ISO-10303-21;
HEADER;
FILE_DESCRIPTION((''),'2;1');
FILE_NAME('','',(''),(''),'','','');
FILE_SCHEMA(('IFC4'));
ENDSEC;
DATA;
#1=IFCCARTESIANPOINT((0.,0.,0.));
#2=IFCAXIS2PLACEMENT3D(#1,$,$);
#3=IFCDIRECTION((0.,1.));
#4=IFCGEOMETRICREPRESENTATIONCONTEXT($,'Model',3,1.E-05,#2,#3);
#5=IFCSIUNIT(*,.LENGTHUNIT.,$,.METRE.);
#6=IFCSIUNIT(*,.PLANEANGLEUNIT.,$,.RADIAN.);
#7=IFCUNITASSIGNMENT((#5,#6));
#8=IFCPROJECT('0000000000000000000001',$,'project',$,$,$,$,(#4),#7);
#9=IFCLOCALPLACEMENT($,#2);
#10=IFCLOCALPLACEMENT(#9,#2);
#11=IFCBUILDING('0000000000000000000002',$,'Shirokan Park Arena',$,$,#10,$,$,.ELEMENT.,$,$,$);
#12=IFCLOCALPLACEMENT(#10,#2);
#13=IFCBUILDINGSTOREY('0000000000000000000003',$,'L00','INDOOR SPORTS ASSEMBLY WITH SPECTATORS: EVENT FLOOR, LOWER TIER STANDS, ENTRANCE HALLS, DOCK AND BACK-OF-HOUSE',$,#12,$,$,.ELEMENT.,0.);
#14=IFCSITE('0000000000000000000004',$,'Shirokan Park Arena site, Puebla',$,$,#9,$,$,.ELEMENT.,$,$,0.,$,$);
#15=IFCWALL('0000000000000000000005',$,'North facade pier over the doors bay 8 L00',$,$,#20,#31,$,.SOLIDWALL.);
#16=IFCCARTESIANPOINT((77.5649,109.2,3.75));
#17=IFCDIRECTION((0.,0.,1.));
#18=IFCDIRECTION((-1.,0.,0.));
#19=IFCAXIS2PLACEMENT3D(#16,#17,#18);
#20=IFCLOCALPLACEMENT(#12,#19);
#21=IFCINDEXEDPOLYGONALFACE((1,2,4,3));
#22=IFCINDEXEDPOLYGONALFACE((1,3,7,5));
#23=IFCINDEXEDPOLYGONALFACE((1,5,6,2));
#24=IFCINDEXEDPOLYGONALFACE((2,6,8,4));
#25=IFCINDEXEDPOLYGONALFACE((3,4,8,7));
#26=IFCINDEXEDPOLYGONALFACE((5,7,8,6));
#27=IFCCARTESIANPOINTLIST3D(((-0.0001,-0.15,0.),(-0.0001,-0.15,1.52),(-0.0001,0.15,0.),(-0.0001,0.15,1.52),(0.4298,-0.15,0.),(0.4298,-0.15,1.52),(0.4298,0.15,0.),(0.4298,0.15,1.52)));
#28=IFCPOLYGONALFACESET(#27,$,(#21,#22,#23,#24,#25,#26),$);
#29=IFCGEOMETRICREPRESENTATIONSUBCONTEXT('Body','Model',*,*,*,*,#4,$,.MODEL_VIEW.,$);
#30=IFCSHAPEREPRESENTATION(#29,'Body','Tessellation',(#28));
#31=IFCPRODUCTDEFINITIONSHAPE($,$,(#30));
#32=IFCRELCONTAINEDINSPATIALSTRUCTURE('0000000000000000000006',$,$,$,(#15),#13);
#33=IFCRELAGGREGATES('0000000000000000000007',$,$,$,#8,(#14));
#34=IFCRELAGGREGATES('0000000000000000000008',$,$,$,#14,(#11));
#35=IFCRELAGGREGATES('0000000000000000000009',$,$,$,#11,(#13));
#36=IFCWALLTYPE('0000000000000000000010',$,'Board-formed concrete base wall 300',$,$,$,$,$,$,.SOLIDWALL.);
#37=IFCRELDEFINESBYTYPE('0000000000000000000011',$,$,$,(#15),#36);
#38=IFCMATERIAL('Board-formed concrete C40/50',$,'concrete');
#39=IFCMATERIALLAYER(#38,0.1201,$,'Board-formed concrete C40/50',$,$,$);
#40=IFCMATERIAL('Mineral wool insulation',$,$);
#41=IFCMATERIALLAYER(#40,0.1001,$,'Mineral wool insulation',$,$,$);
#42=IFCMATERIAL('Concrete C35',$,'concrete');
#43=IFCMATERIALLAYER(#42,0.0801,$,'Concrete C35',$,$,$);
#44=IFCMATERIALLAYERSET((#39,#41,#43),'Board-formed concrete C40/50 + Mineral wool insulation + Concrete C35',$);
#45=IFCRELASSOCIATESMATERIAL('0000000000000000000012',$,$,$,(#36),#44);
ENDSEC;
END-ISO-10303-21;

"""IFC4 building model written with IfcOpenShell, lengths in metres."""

from ifc_helpers import new_model, si_unit, direction, frame, frame_2d, origin, place, context, subcontext, project, spatial, rectangle, extrude, material, layer, layer_set, type_object, element, save


model = new_model("IFC4")

# Units and contexts
model_context = context("Model", 3, precision=1e-05, world=origin(), true_north=direction((0.0, 1.0)))
body_context = subcontext(model_context, "Body", "Model", "MODEL_VIEW")
ifc_project = project(units=[si_unit("LENGTHUNIT", "METRE"), si_unit("PLANEANGLEUNIT", "RADIAN")], contexts=[model_context])

# Site, building, storey
site_placement = place(None, origin())
site = spatial("IfcSite", under=ifc_project, at=site_placement, Name="Shirokan Park Arena site, Puebla", CompositionType="ELEMENT", RefElevation=0.0)
building_placement = place(site_placement, origin())
building = spatial("IfcBuilding", under=site, at=building_placement, Name="Shirokan Park Arena", CompositionType="ELEMENT")
storey_placement = place(building_placement, origin())
storey = spatial("IfcBuildingStorey", under=building, at=storey_placement, Name="L00", Description="INDOOR SPORTS ASSEMBLY WITH SPECTATORS: EVENT FLOOR, LOWER TIER STANDS, ENTRANCE HALLS, DOCK AND BACK-OF-HOUSE", CompositionType="ELEMENT", Elevation=0.0)

# Shared definitions
ifc_material_1 = material(Name="Concrete C35", Category="concrete")

# Shared definitions
ifc_material_2 = material(Name="Board-formed concrete C40/50", Category="concrete")
ifc_layer_1 = layer(ifc_material_2, 0.1201, Name="Board-formed concrete C40/50")
ifc_material_3 = material(Name="Mineral wool insulation")
ifc_layer_2 = layer(ifc_material_3, 0.1001, Name="Mineral wool insulation")
ifc_layer_3 = layer(ifc_material_1, 0.0801, Name="Concrete C35")
ifc_layer_set_1 = layer_set([ifc_layer_1, ifc_layer_2, ifc_layer_3], Name="Board-formed concrete C40/50 + Mineral wool insulation + Concrete C35")
wall_type_1 = type_object("IfcWallType", Name="Board-formed concrete base wall 300", PredefinedType="SOLIDWALL", material=ifc_layer_set_1)

# Wall
wall_1_placement = place(storey_placement, frame((77.5649, 109.2, 3.75), z_axis=(0.0, 0.0, 1.0), x_axis=(-1.0, 0.0, 0.0)))
element("IfcWall", 1, at=wall_1_placement, inside=storey, type_object=wall_type_1, Name="North facade pier over the doors bay 8 L00", PredefinedType="SOLIDWALL", context=body_context, shape_type="SweptSolid", body=[
    extrude(rectangle(XDim=0.4299, YDim=0.3, at=frame_2d((0.2148, 0.0))), origin(), (0.0, 0.0, 1.0), 1.52),
])

save(model, "model.ifc")
